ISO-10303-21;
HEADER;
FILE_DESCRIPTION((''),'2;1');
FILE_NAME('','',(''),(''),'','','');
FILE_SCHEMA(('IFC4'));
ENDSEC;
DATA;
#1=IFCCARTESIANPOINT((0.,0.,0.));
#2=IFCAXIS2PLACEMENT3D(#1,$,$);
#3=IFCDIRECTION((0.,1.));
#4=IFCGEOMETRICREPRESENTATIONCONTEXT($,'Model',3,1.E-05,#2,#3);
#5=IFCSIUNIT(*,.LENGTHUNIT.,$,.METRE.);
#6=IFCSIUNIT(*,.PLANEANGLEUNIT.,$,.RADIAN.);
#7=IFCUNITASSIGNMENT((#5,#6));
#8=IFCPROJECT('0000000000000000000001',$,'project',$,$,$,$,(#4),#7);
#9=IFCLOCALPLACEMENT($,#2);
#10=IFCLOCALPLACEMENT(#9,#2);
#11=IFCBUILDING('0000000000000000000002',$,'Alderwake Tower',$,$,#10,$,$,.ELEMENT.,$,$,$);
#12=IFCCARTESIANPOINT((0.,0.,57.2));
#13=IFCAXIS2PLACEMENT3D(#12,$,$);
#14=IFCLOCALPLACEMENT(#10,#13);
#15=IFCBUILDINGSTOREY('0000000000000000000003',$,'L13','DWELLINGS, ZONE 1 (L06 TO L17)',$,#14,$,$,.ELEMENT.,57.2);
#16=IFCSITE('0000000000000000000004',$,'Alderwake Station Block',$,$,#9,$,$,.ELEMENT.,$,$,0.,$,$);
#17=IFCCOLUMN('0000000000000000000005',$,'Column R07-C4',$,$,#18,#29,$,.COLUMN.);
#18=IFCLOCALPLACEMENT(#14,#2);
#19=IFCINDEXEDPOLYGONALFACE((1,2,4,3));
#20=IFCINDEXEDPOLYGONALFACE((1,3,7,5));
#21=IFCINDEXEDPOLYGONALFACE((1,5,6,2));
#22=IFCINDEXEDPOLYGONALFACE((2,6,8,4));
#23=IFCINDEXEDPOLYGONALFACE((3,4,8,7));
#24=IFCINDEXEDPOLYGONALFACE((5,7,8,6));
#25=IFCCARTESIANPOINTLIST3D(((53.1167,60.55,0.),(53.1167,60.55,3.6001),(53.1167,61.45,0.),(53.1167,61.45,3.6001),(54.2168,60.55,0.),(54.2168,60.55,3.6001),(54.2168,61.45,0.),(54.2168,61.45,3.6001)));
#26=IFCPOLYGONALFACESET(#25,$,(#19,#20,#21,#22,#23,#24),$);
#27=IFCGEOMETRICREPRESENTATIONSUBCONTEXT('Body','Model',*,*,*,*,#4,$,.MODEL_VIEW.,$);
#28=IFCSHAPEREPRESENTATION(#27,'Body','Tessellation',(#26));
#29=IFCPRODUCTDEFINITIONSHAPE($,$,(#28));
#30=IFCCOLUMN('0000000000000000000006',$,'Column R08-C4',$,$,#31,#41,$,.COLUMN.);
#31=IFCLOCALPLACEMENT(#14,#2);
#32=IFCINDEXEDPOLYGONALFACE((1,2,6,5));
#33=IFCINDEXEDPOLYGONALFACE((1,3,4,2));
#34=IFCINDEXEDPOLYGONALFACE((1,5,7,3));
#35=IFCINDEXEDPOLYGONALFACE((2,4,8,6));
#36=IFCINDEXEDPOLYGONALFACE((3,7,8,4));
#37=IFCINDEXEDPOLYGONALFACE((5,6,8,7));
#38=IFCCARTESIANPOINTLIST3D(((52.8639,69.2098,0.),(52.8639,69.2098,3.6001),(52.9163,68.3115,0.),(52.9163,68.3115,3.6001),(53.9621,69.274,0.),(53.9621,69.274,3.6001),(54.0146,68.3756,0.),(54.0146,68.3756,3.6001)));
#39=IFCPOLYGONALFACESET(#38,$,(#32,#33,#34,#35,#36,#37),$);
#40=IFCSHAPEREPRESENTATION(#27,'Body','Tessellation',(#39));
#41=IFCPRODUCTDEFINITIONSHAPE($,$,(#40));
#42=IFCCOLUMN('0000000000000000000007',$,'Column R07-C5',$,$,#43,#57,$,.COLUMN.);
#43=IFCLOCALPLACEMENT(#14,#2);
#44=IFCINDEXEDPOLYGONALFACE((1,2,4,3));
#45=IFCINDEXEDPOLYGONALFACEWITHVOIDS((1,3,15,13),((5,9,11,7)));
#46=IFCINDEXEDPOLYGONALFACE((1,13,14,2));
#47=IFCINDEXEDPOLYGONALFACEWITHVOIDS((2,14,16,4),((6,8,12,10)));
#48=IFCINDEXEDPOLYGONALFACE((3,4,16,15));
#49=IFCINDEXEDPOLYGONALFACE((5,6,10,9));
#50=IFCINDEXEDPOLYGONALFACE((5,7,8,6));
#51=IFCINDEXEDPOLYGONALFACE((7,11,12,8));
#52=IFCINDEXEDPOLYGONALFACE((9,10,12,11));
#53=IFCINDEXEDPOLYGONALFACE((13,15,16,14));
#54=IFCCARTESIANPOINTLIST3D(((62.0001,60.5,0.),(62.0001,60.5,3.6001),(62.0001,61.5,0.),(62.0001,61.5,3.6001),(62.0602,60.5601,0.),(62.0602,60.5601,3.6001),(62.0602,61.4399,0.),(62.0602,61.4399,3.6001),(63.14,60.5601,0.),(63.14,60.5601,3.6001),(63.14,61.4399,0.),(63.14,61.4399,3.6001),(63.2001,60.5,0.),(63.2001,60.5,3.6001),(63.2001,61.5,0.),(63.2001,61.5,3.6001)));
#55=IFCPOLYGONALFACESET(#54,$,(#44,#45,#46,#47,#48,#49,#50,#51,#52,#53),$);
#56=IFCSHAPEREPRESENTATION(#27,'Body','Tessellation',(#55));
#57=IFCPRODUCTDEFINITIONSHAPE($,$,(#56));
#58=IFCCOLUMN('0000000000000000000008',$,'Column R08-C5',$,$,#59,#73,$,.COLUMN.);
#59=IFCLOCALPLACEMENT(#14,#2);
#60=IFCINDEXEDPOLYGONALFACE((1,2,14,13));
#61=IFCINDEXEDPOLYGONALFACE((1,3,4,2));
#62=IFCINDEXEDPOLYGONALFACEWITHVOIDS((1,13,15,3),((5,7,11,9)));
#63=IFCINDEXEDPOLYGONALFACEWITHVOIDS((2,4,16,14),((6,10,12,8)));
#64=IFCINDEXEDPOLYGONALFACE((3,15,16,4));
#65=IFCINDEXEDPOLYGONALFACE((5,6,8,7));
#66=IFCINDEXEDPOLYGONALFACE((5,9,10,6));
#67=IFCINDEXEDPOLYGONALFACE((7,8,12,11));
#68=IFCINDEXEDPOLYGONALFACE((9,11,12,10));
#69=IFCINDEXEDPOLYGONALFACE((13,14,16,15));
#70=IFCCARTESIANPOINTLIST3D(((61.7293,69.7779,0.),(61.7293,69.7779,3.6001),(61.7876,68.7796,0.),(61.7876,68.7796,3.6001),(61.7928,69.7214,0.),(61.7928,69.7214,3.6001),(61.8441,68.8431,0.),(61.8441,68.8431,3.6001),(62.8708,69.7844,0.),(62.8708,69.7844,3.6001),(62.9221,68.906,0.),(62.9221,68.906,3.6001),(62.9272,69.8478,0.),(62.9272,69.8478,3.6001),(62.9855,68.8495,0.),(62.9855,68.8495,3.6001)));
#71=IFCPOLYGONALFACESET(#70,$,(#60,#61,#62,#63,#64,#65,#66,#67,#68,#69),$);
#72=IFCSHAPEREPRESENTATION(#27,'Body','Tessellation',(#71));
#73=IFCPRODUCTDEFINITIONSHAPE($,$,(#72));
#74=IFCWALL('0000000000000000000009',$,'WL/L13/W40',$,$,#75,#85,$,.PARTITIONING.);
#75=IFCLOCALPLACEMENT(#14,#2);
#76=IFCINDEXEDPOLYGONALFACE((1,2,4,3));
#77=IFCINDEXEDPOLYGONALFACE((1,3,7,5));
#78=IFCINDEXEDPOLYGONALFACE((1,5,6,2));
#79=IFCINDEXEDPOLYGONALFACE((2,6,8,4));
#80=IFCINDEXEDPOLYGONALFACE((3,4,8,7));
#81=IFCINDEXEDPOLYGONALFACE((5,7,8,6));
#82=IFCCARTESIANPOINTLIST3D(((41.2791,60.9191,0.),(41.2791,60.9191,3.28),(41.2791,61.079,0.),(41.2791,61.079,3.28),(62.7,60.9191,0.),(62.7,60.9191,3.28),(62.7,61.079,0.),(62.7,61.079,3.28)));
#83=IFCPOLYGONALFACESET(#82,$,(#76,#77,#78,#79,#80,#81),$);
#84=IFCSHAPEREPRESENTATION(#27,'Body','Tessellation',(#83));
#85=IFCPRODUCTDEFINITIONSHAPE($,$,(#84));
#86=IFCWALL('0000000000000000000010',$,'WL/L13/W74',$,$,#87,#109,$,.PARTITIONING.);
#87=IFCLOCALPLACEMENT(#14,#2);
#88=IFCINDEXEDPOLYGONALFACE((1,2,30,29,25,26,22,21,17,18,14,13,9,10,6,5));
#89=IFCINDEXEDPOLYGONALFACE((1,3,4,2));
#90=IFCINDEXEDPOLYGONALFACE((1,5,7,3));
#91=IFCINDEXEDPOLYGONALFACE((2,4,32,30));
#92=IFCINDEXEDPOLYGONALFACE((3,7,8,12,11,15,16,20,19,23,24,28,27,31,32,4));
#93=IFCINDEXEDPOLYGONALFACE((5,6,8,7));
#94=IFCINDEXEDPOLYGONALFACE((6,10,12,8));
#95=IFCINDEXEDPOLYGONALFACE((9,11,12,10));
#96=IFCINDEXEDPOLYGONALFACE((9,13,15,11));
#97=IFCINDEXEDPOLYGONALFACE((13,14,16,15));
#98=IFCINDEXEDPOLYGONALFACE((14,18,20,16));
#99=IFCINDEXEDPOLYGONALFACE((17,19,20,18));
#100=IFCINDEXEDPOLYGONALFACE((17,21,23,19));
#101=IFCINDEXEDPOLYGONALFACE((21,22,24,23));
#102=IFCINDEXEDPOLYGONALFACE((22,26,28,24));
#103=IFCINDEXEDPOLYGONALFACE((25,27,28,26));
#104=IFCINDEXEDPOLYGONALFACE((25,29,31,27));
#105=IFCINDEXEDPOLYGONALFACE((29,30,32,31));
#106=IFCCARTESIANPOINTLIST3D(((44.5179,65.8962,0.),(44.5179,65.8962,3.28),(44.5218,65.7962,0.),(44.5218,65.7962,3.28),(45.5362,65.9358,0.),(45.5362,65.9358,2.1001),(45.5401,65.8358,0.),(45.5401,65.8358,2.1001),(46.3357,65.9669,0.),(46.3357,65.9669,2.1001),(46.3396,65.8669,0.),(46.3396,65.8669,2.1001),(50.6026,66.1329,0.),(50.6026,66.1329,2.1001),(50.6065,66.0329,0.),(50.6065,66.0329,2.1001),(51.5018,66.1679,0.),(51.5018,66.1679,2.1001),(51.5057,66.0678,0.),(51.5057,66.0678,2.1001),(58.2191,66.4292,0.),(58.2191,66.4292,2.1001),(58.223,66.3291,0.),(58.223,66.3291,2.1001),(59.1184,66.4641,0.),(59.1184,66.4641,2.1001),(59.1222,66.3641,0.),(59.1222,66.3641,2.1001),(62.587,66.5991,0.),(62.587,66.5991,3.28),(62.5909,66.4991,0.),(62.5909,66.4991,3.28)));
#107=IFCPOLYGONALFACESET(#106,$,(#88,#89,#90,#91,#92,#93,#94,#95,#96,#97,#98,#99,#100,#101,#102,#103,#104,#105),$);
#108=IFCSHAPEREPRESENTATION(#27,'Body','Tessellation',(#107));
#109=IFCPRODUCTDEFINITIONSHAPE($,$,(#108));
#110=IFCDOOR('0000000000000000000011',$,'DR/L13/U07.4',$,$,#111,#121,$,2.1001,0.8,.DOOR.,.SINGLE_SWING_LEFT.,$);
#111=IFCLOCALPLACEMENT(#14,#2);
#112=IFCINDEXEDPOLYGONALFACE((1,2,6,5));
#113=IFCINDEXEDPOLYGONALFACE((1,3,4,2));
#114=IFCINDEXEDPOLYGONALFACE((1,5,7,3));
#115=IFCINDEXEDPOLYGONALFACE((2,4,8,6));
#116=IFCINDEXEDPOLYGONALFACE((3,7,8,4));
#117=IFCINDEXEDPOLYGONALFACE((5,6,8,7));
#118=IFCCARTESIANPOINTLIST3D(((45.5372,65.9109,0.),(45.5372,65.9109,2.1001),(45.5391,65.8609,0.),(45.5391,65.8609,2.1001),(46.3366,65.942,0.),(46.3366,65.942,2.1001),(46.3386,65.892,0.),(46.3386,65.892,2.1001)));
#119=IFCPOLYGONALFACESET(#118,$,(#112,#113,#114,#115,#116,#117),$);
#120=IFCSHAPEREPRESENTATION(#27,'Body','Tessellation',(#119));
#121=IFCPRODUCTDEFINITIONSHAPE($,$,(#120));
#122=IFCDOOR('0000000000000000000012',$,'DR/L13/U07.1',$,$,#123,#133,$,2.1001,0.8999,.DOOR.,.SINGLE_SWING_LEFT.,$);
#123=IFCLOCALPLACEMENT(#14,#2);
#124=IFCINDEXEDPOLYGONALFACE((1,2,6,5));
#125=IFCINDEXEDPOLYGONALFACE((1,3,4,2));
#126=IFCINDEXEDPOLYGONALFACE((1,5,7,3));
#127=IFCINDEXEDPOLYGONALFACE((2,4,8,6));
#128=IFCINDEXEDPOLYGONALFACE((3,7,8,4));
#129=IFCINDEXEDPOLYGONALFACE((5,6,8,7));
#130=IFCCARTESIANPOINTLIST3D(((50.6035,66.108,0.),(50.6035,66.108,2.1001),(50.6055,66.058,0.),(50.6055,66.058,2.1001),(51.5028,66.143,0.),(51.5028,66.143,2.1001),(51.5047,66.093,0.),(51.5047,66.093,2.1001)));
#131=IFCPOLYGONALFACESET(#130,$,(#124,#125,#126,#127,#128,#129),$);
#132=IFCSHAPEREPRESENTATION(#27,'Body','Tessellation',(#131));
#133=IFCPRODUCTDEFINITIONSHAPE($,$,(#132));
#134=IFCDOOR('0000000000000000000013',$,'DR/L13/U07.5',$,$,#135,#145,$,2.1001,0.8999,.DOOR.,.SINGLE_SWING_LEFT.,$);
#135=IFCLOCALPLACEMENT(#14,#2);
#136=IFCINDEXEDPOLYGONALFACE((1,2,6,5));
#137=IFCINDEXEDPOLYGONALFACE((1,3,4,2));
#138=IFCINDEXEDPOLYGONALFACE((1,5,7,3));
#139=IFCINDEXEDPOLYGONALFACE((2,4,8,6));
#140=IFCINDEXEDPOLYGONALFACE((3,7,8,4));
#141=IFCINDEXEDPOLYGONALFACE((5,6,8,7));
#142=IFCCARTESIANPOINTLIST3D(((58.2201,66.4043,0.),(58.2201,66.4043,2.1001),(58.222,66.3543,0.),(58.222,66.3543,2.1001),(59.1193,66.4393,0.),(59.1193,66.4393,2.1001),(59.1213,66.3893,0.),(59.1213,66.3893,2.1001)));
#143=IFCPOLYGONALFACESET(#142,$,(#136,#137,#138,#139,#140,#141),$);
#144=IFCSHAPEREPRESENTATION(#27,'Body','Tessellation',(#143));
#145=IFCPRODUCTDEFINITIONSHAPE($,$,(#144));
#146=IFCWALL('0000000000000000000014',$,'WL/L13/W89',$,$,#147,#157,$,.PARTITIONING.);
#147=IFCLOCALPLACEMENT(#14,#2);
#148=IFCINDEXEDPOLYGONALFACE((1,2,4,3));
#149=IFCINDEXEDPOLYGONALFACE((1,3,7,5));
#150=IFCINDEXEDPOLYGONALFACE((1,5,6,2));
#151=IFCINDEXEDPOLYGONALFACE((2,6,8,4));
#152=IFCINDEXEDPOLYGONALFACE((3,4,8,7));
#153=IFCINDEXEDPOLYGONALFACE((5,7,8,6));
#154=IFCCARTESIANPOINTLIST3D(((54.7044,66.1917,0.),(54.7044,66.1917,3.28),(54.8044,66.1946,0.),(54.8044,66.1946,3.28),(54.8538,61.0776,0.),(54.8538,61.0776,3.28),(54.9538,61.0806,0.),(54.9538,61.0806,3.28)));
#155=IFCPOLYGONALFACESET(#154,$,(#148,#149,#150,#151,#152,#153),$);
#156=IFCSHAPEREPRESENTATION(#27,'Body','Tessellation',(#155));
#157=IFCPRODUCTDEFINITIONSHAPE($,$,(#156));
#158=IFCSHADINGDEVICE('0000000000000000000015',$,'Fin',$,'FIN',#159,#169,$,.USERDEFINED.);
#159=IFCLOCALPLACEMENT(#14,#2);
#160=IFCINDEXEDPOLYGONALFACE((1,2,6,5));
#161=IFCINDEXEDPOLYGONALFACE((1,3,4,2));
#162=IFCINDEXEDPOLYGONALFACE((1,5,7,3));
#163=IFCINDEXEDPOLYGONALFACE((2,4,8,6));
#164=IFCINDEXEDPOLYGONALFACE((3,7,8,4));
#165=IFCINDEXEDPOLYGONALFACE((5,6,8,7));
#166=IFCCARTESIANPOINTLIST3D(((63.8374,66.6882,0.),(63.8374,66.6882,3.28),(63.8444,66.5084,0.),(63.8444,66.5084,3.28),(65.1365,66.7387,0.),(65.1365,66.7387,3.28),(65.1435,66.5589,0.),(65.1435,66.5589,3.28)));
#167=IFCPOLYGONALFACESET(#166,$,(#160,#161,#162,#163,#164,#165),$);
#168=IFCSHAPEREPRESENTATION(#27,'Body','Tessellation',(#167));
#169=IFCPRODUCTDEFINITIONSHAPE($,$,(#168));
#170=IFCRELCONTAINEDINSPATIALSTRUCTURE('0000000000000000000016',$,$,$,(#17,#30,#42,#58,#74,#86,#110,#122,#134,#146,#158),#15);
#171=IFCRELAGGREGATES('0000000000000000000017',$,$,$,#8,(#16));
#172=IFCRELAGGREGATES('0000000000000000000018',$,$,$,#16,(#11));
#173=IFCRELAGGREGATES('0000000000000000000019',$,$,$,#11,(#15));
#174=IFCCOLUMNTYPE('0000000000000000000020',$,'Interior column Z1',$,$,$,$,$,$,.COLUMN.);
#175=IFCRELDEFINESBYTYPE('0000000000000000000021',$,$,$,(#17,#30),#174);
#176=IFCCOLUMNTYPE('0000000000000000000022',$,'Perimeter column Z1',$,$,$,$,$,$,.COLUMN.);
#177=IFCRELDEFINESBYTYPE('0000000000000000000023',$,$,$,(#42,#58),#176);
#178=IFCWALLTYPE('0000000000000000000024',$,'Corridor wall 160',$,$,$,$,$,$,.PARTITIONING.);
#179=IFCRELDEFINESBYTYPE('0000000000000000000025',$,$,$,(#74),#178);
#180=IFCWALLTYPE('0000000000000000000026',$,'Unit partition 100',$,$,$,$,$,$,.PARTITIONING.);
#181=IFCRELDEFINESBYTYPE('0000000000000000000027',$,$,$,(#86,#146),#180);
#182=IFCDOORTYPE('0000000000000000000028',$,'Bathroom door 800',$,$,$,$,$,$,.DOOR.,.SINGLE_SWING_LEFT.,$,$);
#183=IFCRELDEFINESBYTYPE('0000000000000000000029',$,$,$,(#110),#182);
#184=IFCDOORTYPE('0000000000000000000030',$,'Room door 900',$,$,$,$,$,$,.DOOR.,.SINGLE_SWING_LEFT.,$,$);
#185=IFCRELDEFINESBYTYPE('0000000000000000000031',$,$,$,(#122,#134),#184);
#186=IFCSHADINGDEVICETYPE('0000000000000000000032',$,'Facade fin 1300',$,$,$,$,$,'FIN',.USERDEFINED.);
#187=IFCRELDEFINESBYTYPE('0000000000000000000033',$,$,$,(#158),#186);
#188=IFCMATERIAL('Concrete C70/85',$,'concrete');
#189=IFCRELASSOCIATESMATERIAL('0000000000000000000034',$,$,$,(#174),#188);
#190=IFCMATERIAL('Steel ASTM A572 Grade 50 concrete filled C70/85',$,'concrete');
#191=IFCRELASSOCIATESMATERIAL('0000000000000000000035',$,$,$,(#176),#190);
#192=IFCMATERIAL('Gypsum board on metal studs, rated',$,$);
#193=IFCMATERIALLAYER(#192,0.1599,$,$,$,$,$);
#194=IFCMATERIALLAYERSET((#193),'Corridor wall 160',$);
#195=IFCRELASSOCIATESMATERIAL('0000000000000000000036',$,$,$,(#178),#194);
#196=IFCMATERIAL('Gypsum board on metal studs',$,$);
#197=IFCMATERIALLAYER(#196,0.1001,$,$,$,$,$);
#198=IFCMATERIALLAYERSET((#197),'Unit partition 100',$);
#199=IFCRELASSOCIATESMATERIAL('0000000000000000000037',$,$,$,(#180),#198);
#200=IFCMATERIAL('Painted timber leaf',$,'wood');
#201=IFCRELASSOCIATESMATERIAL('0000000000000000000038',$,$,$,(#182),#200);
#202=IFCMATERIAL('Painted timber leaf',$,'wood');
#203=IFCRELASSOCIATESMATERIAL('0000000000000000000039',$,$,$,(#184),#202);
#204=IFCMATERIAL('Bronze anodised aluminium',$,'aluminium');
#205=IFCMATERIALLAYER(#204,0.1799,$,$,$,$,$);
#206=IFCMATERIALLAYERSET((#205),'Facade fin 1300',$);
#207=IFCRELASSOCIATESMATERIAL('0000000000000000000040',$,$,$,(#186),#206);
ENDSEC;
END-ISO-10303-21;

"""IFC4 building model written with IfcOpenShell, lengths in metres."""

from ifc_helpers import new_model, si_unit, direction, frame, frame_2d, origin, origin_2d, place, context, subcontext, project, spatial, rectangle, hollow_rectangle, extrude, material, layer, layer_set, material_profile, profile_set, type_object, element, fill, save


model = new_model("IFC4")

# Units and contexts
model_context = context("Model", 3, precision=1e-05, world=origin(), true_north=direction((0.0, 1.0)))
body_context = subcontext(model_context, "Body", "Model", "MODEL_VIEW")
ifc_project = project(units=[si_unit("LENGTHUNIT", "METRE"), si_unit("PLANEANGLEUNIT", "RADIAN")], contexts=[model_context])

# Site, building, storey
site_placement = place(None, origin())
site = spatial("IfcSite", under=ifc_project, at=site_placement, Name="Alderwake Station Block", CompositionType="ELEMENT", RefElevation=0.0)
building_placement = place(site_placement, origin())
building = spatial("IfcBuilding", under=site, at=building_placement, Name="Alderwake Tower", CompositionType="ELEMENT")
storey_placement = place(building_placement, frame((0.0, 0.0, 57.2)))
storey = spatial("IfcBuildingStorey", under=building, at=storey_placement, Name="L13", Description="DWELLINGS, ZONE 1 (L06 TO L17)", CompositionType="ELEMENT", Elevation=57.2)

# Columns
ifc_material_1 = material(Name="Concrete C70/85", Category="concrete")
ifc_material_profile_1 = material_profile(ifc_material_1, rectangle(XDim=0.8999, YDim=1.1001, at=origin_2d()), Name="RC 1100X900")
ifc_profile_set_1 = profile_set([ifc_material_profile_1], Name="Concrete C70/85")
column_type_1 = type_object("IfcColumnType", Name="Interior column Z1", PredefinedType="COLUMN", material=ifc_profile_set_1)
for number, where, z_axis, x_axis, name in (
    (1, (53.6667, 61.0, 0.0), (0.0, 0.0, 1.0), (0.0, 1.0, 0.0), "Column R07-C4"),
    (2, (53.4392, 68.7927, 0.0), (0.0, 0.0, 1.0), (-0.058301, 0.998299, 0.0), "Column R08-C4"),
):
    element("IfcColumn", number, at=place(storey_placement, frame(where, z_axis=z_axis, x_axis=x_axis)), inside=storey, type_object=column_type_1, Name=name, PredefinedType="COLUMN", context=body_context, shape_type="SweptSolid", body=[
        extrude(rectangle(XDim=0.8999, YDim=1.1001, at=origin_2d()), origin(), (0.0, 0.0, 1.0), 3.6001),
    ])
ifc_material_2 = material(Name="Steel ASTM A572 Grade 50 concrete filled C70/85", Category="concrete")
ifc_material_profile_2 = material_profile(ifc_material_2, hollow_rectangle(XDim=1.0, YDim=1.2, WallThickness=0.0601, at=origin_2d()), Name="BOX 1200X1000X60")
ifc_profile_set_2 = profile_set([ifc_material_profile_2], Name="Steel ASTM A572 Grade 50 concrete filled C70/85")
column_type_2 = type_object("IfcColumnType", Name="Perimeter column Z1", PredefinedType="COLUMN", material=ifc_profile_set_2)
for number, where, z_axis, x_axis, name in (
    (3, (62.6001, 61.0, 0.0), (0.0, 0.0, 1.0), (0.0, 1.0, 0.0), "Column R07-C5"),
    (4, (62.3574, 69.3137, 0.0), (0.0, 0.0, 1.0), (-0.058299, 0.998299, 0.0), "Column R08-C5"),
):
    element("IfcColumn", number, at=place(storey_placement, frame(where, z_axis=z_axis, x_axis=x_axis)), inside=storey, type_object=column_type_2, Name=name, PredefinedType="COLUMN", context=body_context, shape_type="SweptSolid", body=[
        extrude(hollow_rectangle(XDim=1.0, YDim=1.2, WallThickness=0.0601, at=origin_2d()), origin(), (0.0, 0.0, 1.0), 3.6001),
    ])

# Wall
ifc_material_3 = material(Name="Gypsum board on metal studs, rated")
ifc_layer_1 = layer(ifc_material_3, 0.1599)
ifc_layer_set_1 = layer_set([ifc_layer_1], Name="Corridor wall 160")
wall_type_1 = type_object("IfcWallType", Name="Corridor wall 160", PredefinedType="PARTITIONING", material=ifc_layer_set_1)
wall_1_placement = place(storey_placement, frame((62.7, 60.999, 0.0), z_axis=(0.0, 0.0, 1.0), x_axis=(-1.0, 0.0, 0.0)))
element("IfcWall", 5, at=wall_1_placement, inside=storey, type_object=wall_type_1, Name="WL/L13/W40", PredefinedType="PARTITIONING", context=body_context, shape_type="SweptSolid", body=[
    extrude(rectangle(XDim=21.4209, YDim=0.1599, at=frame_2d((10.7104, 0.0))), origin(), (0.0, 0.0, 1.0), 3.28),
])

# Wall, openings, doors
ifc_material_4 = material(Name="Gypsum board on metal studs")
ifc_layer_2 = layer(ifc_material_4, 0.1001)
ifc_layer_set_2 = layer_set([ifc_layer_2], Name="Unit partition 100")
wall_type_2 = type_object("IfcWallType", Name="Unit partition 100", PredefinedType="PARTITIONING", material=ifc_layer_set_2)
wall_2_placement = place(storey_placement, frame((62.5891, 66.5491, 0.0), z_axis=(0.0, 0.0, 1.0), x_axis=(-0.999244, -0.03887, 0.0)))
wall_2 = element("IfcWall", 6, at=wall_2_placement, inside=storey, type_object=wall_type_2, Name="WL/L13/W74", PredefinedType="PARTITIONING", context=body_context, shape_type="SweptSolid", body=[
    extrude(rectangle(XDim=18.0828, YDim=0.1001, at=frame_2d((9.0415, 0.0))), origin(), (0.0, 0.0, 1.0), 3.28),
])
opening_1_placement = place(wall_2_placement, frame((11.0938, 0.0, 0.0)))
opening_1 = element("IfcOpeningElement", 7, at=opening_1_placement, cuts=wall_2, PredefinedType="OPENING", context=body_context, shape_type="SweptSolid", body=[
    extrude(rectangle(XDim=0.8999, YDim=2.1001, at=frame_2d((0.45, 1.05))), frame((0.0, 0.0601, 0.0), z_axis=(0.0, -1.0, 0.0), x_axis=(1.0, 0.0, 0.0)), (0.0, 0.0, 1.0), 0.1201),
])
opening_2_placement = place(wall_2_placement, frame((16.2639, 0.0, 0.0)))
opening_2 = element("IfcOpeningElement", 8, at=opening_2_placement, cuts=wall_2, PredefinedType="OPENING", context=body_context, shape_type="SweptSolid", body=[
    extrude(rectangle(XDim=0.8, YDim=2.1001, at=frame_2d((0.3999, 1.05))), frame((0.0, 0.0601, 0.0), z_axis=(0.0, -1.0, 0.0), x_axis=(1.0, 0.0, 0.0)), (0.0, 0.0, 1.0), 0.1201),
])
opening_3_placement = place(wall_2_placement, frame((3.4714, 0.0, 0.0)))
opening_3 = element("IfcOpeningElement", 9, at=opening_3_placement, cuts=wall_2, PredefinedType="OPENING", context=body_context, shape_type="SweptSolid", body=[
    extrude(rectangle(XDim=0.8999, YDim=2.1001, at=frame_2d((0.45, 1.05))), frame((0.0, 0.0601, 0.0), z_axis=(0.0, -1.0, 0.0), x_axis=(1.0, 0.0, 0.0)), (0.0, 0.0, 1.0), 0.1201),
])
ifc_material_5 = material(Name="Painted timber leaf", Category="wood")
door_type_1 = type_object("IfcDoorType", Name="Bathroom door 800", OperationType="SINGLE_SWING_LEFT", PredefinedType="DOOR", material=ifc_material_5)
door_1_placement = place(opening_2_placement, origin())
door_1 = element("IfcDoor", 10, at=door_1_placement, inside=storey, type_object=door_type_1, Name="DR/L13/U07.4", OperationType="SINGLE_SWING_LEFT", OverallHeight=2.1001, OverallWidth=0.8, PredefinedType="DOOR", context=body_context, shape_type="SweptSolid", body=[
    extrude(rectangle(XDim=0.8, YDim=2.1001, at=frame_2d((0.3999, 1.05))), frame((0.0, 0.0249, 0.0), z_axis=(0.0, -1.0, 0.0), x_axis=(1.0, 0.0, 0.0)), (0.0, 0.0, 1.0), 0.05),
])
fill(opening_2, door_1)
ifc_material_6 = material(Name="Painted timber leaf", Category="wood")
door_type_2 = type_object("IfcDoorType", Name="Room door 900", OperationType="SINGLE_SWING_LEFT", PredefinedType="DOOR", material=ifc_material_6)
door_2_placement = place(opening_1_placement, origin())
door_2 = element("IfcDoor", 11, at=door_2_placement, inside=storey, type_object=door_type_2, Name="DR/L13/U07.1", OperationType="SINGLE_SWING_LEFT", OverallHeight=2.1001, OverallWidth=0.8999, PredefinedType="DOOR", context=body_context, shape_type="SweptSolid", body=[
    extrude(rectangle(XDim=0.8999, YDim=2.1001, at=frame_2d((0.45, 1.05))), frame((0.0, 0.0249, 0.0), z_axis=(0.0, -1.0, 0.0), x_axis=(1.0, 0.0, 0.0)), (0.0, 0.0, 1.0), 0.05),
])
fill(opening_1, door_2)
door_3_placement = place(opening_3_placement, origin())
door_3 = element("IfcDoor", 12, at=door_3_placement, inside=storey, type_object=door_type_2, Name="DR/L13/U07.5", OperationType="SINGLE_SWING_LEFT", OverallHeight=2.1001, OverallWidth=0.8999, PredefinedType="DOOR", context=body_context, shape_type="SweptSolid", body=[
    extrude(rectangle(XDim=0.8999, YDim=2.1001, at=frame_2d((0.45, 1.05))), frame((0.0, 0.0249, 0.0), z_axis=(0.0, -1.0, 0.0), x_axis=(1.0, 0.0, 0.0)), (0.0, 0.0, 1.0), 0.05),
])
fill(opening_3, door_3)

# Wall
wall_3_placement = place(storey_placement, frame((54.9038, 61.0791, 0.0), z_axis=(0.0, 0.0, 1.0), x_axis=(-0.029204, 0.999573, 0.0)))
element("IfcWall", 13, at=wall_3_placement, inside=storey, type_object=wall_type_2, Name="WL/L13/W89", PredefinedType="PARTITIONING", context=body_context, shape_type="SweptSolid", body=[
    extrude(rectangle(XDim=5.1162, YDim=0.1001, at=frame_2d((2.5581, 0.0))), origin(), (0.0, 0.0, 1.0), 3.28),
])

# Shading device
ifc_material_7 = material(Name="Bronze anodised aluminium", Category="aluminium")
ifc_layer_3 = layer(ifc_material_7, 0.1799)
ifc_layer_set_3 = layer_set([ifc_layer_3], Name="Facade fin 1300")
shading_device_type = type_object("IfcShadingDeviceType", Name="Facade fin 1300", ElementType="FIN", PredefinedType="USERDEFINED", material=ifc_layer_set_3)
shading_device_placement = place(storey_placement, frame((64.4905, 66.6235, 0.0), z_axis=(0.0, 0.0, 1.0), x_axis=(0.999243, 0.03889, 0.0)))
element("IfcShadingDevice", 14, at=shading_device_placement, inside=storey, type_object=shading_device_type, Name="Fin", ObjectType="FIN", PredefinedType="USERDEFINED", context=body_context, shape_type="SweptSolid", body=[
    extrude(rectangle(XDim=1.3, YDim=0.1799, at=origin_2d()), origin(), (0.0, 0.0, 1.0), 3.28),
])

save(model, "model.ifc")
